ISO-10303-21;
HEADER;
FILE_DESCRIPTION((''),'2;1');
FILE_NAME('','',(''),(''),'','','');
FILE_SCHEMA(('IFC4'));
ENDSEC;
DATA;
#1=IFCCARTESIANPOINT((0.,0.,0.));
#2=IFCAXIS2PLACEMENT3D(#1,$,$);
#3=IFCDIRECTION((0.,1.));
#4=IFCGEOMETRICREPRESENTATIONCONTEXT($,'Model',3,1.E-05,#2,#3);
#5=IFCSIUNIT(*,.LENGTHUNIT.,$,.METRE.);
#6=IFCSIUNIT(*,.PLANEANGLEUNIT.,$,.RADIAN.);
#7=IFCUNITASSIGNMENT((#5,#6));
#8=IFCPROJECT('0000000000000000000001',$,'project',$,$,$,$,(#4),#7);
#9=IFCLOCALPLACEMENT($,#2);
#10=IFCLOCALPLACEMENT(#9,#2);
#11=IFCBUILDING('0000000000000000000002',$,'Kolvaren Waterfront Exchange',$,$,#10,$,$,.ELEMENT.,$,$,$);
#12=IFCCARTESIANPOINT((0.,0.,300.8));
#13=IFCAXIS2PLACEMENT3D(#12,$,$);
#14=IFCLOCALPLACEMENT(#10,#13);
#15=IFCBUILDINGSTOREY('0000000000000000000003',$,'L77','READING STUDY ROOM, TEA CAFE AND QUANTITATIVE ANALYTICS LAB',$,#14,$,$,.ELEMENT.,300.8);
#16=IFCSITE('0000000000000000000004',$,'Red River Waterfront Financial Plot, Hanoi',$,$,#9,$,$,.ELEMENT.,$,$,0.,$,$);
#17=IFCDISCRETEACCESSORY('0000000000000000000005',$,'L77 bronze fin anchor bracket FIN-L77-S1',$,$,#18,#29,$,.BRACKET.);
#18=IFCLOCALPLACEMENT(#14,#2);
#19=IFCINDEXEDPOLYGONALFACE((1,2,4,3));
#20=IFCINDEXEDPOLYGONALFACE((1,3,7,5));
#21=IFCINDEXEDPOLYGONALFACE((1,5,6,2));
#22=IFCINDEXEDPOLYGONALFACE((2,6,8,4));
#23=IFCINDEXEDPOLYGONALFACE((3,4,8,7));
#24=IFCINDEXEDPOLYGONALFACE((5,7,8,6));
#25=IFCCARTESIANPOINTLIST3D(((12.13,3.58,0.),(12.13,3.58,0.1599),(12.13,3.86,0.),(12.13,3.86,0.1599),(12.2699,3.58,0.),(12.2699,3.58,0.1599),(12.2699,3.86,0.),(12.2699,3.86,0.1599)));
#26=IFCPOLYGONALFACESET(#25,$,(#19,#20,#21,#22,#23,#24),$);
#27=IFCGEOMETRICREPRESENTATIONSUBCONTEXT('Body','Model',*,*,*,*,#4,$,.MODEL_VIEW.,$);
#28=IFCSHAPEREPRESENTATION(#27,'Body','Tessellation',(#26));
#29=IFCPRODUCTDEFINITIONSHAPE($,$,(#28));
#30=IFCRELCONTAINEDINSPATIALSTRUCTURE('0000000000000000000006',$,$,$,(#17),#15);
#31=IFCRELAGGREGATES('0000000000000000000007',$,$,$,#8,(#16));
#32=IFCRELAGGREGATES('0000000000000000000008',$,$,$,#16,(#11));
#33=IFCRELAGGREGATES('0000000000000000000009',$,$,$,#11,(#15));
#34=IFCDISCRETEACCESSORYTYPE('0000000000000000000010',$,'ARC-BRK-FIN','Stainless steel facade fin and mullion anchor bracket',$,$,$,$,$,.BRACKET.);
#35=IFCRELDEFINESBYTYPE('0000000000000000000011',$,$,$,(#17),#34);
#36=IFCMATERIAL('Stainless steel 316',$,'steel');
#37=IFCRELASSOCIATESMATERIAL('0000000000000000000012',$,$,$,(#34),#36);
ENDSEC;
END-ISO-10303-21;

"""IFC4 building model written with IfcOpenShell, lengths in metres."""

from ifc_helpers import new_model, si_unit, direction, frame, origin, origin_with_axes, origin_2d, place, context, subcontext, project, spatial, rectangle, extrude, source, transform, mapped, material, type_object, element, save


model = new_model("IFC4")

# Units and contexts
model_context = context("Model", 3, precision=1e-05, world=origin(), true_north=direction((0.0, 1.0)))
body_context = subcontext(model_context, "Body", "Model", "MODEL_VIEW")
ifc_project = project(units=[si_unit("LENGTHUNIT", "METRE"), si_unit("PLANEANGLEUNIT", "RADIAN")], contexts=[model_context])

# Site, building, storey
site_placement = place(None, origin())
site = spatial("IfcSite", under=ifc_project, at=site_placement, Name="Red River Waterfront Financial Plot, Hanoi", CompositionType="ELEMENT", RefElevation=0.0)
building_placement = place(site_placement, origin())
building = spatial("IfcBuilding", under=site, at=building_placement, Name="Kolvaren Waterfront Exchange", CompositionType="ELEMENT")
storey_placement = place(building_placement, frame((0.0, 0.0, 300.8)))
storey = spatial("IfcBuildingStorey", under=building, at=storey_placement, Name="L77", Description="READING STUDY ROOM, TEA CAFE AND QUANTITATIVE ANALYTICS LAB", CompositionType="ELEMENT", Elevation=300.8)

# Discrete accessory
ifc_material_1 = material(Name="Stainless steel 316", Category="steel")
discrete_accessory_type = type_object("IfcDiscreteAccessoryType", Name="ARC-BRK-FIN", Description="Stainless steel facade fin and mullion anchor bracket", PredefinedType="BRACKET", material=ifc_material_1)
shared_shape_1 = source(origin_with_axes(), body_context, "Body", "SweptSolid", [
    extrude(rectangle(XDim=0.28, YDim=0.1399, at=origin_2d()), origin(), (0.0, 0.0, 1.0), 0.1599),
])
discrete_accessory_placement = place(storey_placement, frame((12.2, 3.72, 0.0), z_axis=(0.0, 0.0, 1.0), x_axis=(0.0, -1.0, 0.0)))
element("IfcDiscreteAccessory", 1, at=discrete_accessory_placement, inside=storey, type_object=discrete_accessory_type, Name="L77 bronze fin anchor bracket FIN-L77-S1", PredefinedType="BRACKET", context=body_context, shape_type="MappedRepresentation", body=[
    mapped(shared_shape_1, transform((0.0, 0.0, 0.0), x_axis=(1.0, 0.0, 0.0), y_axis=(0.0, 1.0, 0.0), z_axis=(0.0, 0.0, 1.0), scale=1.0)),
])

save(model, "model.ifc")
